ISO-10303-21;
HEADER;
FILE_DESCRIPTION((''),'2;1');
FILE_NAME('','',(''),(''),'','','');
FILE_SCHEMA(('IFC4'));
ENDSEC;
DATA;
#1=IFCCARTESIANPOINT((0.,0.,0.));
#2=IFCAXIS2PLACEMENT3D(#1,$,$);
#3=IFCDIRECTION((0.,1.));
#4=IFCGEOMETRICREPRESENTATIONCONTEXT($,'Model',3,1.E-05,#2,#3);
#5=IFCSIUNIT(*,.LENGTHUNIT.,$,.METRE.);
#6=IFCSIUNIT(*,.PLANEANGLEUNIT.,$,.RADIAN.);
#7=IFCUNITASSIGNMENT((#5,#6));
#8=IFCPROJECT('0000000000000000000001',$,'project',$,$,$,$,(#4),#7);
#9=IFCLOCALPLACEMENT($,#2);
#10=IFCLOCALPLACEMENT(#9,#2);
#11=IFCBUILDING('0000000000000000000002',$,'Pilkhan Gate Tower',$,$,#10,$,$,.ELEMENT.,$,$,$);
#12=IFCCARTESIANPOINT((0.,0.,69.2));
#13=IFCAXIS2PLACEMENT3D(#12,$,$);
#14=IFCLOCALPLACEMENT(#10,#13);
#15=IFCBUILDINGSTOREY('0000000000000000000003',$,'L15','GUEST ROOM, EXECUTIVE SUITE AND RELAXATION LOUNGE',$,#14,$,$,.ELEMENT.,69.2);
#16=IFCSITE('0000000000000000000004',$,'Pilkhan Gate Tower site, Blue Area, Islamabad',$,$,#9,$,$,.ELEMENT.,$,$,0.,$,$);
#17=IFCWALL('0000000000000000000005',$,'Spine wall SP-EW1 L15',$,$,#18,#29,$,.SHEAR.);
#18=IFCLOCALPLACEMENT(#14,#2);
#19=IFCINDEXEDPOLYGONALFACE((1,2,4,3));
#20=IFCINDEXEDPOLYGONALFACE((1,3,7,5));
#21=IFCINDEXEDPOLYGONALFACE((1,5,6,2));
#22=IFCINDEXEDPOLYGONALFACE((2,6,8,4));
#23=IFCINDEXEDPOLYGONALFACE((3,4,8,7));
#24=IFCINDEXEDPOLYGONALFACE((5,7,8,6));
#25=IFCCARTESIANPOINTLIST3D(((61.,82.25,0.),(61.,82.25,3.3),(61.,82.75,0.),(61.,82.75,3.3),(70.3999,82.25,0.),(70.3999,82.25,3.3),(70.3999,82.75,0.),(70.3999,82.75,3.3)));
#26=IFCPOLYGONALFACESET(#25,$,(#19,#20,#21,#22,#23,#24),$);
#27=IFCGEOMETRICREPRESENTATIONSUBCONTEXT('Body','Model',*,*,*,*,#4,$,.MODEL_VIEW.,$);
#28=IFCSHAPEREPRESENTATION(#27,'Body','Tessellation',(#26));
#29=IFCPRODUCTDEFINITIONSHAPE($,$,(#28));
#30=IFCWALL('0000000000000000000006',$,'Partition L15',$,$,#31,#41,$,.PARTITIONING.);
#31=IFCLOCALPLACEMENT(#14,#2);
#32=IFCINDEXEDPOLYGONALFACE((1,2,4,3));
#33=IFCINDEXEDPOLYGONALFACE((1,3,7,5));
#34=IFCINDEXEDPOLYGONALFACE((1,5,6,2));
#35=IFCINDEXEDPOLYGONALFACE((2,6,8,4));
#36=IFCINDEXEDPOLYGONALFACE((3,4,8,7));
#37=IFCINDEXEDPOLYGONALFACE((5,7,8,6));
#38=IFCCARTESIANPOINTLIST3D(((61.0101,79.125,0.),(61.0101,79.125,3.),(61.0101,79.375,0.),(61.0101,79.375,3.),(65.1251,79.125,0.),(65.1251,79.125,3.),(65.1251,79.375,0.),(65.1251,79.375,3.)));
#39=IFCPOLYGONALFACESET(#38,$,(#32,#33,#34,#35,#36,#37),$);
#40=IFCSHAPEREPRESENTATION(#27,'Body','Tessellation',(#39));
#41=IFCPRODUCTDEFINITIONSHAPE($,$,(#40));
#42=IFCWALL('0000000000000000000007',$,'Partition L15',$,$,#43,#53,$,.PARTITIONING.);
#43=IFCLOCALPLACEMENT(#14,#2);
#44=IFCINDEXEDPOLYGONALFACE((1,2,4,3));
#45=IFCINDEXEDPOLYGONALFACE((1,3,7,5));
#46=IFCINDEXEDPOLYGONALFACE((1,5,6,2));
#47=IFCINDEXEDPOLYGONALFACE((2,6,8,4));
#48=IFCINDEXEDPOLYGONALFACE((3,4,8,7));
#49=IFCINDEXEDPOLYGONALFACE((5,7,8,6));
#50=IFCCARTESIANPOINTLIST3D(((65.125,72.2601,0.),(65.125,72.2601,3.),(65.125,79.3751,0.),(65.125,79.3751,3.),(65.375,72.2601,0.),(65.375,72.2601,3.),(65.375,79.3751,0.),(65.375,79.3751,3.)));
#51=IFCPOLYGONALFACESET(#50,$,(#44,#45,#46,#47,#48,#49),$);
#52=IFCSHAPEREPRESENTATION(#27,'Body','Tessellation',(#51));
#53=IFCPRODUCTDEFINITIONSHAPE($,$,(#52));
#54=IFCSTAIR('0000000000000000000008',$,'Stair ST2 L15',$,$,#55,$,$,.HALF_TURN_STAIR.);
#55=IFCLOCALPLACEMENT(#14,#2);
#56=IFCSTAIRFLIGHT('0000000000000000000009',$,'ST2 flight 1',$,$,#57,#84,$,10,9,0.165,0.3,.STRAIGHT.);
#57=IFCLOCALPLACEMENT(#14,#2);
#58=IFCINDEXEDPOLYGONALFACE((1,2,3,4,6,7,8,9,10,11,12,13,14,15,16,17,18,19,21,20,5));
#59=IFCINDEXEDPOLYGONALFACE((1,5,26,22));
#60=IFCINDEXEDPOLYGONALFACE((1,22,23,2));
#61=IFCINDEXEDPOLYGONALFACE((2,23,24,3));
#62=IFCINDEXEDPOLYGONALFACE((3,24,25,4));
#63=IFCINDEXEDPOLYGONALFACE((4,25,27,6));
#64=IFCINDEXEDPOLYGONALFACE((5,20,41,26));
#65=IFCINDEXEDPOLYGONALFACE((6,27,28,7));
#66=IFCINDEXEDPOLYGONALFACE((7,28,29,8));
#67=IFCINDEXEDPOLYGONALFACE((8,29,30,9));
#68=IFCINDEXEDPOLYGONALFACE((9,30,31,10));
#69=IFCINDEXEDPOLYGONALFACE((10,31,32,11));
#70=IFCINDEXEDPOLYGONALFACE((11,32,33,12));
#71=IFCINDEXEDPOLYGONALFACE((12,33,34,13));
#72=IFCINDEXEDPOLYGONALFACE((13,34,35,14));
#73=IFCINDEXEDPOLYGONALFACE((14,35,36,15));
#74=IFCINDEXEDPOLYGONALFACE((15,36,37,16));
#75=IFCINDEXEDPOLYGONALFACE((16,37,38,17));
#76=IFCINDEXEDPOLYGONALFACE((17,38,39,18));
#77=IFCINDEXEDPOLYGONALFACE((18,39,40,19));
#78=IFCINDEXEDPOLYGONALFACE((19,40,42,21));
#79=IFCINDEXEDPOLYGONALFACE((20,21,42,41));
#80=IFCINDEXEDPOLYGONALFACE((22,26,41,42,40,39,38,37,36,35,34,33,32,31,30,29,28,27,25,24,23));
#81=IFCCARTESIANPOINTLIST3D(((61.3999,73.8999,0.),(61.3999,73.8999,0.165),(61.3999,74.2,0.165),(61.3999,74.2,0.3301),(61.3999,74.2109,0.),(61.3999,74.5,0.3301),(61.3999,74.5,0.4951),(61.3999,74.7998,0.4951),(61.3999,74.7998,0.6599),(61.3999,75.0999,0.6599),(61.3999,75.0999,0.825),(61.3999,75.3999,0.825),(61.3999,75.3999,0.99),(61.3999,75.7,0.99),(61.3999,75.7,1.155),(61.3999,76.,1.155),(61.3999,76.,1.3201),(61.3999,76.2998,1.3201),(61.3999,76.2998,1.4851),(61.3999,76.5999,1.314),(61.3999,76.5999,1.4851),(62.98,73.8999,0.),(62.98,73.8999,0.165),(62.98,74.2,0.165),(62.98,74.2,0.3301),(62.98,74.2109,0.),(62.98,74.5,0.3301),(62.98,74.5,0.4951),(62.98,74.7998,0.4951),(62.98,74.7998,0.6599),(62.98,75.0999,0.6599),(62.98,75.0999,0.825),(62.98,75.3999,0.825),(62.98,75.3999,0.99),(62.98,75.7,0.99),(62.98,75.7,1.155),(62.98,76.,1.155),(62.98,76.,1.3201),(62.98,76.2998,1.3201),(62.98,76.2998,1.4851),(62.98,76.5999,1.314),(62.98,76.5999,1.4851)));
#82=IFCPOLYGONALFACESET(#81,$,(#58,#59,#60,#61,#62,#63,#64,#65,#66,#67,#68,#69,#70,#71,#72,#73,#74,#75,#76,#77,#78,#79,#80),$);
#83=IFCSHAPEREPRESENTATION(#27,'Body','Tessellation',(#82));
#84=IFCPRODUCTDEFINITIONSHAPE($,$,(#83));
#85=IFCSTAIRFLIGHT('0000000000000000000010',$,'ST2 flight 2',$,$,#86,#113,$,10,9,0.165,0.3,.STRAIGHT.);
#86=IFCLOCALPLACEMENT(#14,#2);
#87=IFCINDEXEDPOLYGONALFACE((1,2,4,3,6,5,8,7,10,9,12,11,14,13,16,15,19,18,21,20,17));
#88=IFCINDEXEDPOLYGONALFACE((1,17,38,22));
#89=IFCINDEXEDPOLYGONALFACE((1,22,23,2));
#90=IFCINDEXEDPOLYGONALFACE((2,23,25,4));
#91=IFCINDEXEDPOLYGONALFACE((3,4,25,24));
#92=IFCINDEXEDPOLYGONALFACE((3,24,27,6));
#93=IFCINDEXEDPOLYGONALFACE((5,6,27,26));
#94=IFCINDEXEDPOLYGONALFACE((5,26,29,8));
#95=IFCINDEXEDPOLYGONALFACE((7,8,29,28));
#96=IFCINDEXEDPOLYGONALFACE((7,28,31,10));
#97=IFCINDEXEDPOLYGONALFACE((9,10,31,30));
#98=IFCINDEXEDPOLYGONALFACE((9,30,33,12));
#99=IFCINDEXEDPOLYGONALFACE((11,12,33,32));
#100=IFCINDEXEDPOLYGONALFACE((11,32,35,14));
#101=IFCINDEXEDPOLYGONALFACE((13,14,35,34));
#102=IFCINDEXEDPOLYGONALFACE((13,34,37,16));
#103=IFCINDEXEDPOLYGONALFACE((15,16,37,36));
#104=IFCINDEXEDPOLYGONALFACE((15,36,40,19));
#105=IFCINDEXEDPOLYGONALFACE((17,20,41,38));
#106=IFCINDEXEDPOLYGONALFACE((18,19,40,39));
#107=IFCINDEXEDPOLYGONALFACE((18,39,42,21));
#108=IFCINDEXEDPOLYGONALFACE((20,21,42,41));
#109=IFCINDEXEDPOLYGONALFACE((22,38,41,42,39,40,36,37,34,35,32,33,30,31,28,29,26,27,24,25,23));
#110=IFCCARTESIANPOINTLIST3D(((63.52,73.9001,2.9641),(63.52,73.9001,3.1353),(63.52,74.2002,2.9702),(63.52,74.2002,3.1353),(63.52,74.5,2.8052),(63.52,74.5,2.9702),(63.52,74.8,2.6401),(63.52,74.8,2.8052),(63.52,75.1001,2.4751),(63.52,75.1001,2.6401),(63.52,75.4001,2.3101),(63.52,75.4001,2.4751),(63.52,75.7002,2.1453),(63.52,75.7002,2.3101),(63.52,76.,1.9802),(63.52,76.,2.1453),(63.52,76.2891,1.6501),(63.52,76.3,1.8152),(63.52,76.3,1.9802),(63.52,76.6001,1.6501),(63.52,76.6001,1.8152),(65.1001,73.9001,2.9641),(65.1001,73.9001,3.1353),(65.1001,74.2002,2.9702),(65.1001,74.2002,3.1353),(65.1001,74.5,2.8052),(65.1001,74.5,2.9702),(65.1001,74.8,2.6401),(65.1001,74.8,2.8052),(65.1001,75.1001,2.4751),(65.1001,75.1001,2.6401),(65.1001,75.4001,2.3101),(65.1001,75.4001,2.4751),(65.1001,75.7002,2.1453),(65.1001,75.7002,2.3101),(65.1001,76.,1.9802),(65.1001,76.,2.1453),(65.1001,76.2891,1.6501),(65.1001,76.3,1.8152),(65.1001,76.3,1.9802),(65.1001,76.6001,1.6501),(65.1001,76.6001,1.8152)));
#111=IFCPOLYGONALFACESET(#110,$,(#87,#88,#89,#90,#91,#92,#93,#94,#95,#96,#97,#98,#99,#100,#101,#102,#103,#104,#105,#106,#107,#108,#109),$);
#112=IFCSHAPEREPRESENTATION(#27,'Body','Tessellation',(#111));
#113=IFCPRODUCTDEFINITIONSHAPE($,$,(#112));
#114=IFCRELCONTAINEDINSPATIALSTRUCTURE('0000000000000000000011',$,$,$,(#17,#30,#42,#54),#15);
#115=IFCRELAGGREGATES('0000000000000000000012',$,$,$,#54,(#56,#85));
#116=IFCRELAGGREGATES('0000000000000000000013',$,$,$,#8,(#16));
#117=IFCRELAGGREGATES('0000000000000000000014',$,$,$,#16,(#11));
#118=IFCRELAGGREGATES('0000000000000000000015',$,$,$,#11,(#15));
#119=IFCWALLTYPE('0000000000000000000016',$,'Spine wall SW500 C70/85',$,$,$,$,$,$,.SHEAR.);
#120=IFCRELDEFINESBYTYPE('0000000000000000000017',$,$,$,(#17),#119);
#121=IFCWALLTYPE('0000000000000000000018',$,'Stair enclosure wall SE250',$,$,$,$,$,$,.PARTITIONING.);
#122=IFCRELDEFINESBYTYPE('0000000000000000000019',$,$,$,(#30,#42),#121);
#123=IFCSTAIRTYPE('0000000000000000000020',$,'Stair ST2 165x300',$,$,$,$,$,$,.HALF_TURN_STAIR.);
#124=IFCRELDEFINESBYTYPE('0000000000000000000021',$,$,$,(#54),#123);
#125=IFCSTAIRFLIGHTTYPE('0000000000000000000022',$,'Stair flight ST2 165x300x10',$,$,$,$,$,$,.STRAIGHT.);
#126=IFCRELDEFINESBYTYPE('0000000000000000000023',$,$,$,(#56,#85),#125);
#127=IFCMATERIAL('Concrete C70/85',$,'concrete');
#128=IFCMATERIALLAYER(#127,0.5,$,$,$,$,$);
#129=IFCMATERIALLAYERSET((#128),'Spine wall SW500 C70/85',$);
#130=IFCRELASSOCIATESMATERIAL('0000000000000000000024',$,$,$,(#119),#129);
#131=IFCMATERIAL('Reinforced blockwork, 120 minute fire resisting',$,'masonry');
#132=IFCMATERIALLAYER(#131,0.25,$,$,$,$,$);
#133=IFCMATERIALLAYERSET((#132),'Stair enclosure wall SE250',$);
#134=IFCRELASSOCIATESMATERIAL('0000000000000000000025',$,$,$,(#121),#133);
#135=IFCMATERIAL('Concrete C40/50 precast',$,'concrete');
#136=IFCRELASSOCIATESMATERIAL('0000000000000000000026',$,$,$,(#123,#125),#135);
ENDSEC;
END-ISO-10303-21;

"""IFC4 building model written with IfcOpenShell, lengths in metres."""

from ifc_helpers import new_model, si_unit, direction, frame, frame_2d, origin, place, context, subcontext, project, spatial, polyline, rectangle, outline, extrude, material, layer, layer_set, type_object, element, aggregate, save


model = new_model("IFC4")

# Units and contexts
model_context = context("Model", 3, precision=1e-05, world=origin(), true_north=direction((0.0, 1.0)))
body_context = subcontext(model_context, "Body", "Model", "MODEL_VIEW")
ifc_project = project(units=[si_unit("LENGTHUNIT", "METRE"), si_unit("PLANEANGLEUNIT", "RADIAN")], contexts=[model_context])

# Site, building, storey
site_placement = place(None, origin())
site = spatial("IfcSite", under=ifc_project, at=site_placement, Name="Pilkhan Gate Tower site, Blue Area, Islamabad", CompositionType="ELEMENT", RefElevation=0.0)
building_placement = place(site_placement, origin())
building = spatial("IfcBuilding", under=site, at=building_placement, Name="Pilkhan Gate Tower", CompositionType="ELEMENT")
storey_placement = place(building_placement, frame((0.0, 0.0, 69.2)))
storey = spatial("IfcBuildingStorey", under=building, at=storey_placement, Name="L15", Description="GUEST ROOM, EXECUTIVE SUITE AND RELAXATION LOUNGE", CompositionType="ELEMENT", Elevation=69.2)

# Shared definitions
ifc_material_1 = material(Name="Concrete C70/85", Category="concrete")

# Walls
ifc_layer_1 = layer(ifc_material_1, 0.5)
ifc_layer_set_1 = layer_set([ifc_layer_1], Name="Spine wall SW500 C70/85")
wall_type_1 = type_object("IfcWallType", Name="Spine wall SW500 C70/85", PredefinedType="SHEAR", material=ifc_layer_set_1)
wall_1_placement = place(storey_placement, frame((61.0, 82.5, 0.0), z_axis=(0.0, 0.0, 1.0), x_axis=(1.0, 0.0, 0.0)))
element("IfcWall", 1, at=wall_1_placement, inside=storey, type_object=wall_type_1, Name="Spine wall SP-EW1 L15", PredefinedType="SHEAR", context=body_context, shape_type="SweptSolid", body=[
    extrude(rectangle(XDim=9.3999, YDim=0.5, at=frame_2d((4.7, 0.0))), origin(), (0.0, 0.0, 1.0), 3.3),
])
ifc_material_2 = material(Name="Reinforced blockwork, 120 minute fire resisting", Category="masonry")
ifc_layer_2 = layer(ifc_material_2, 0.25)
ifc_layer_set_2 = layer_set([ifc_layer_2], Name="Stair enclosure wall SE250")
wall_type_2 = type_object("IfcWallType", Name="Stair enclosure wall SE250", PredefinedType="PARTITIONING", material=ifc_layer_set_2)
wall_2_placement = place(storey_placement, frame((61.01, 79.25, 0.0), z_axis=(0.0, 0.0, 1.0), x_axis=(1.0, 0.0, 0.0)))
element("IfcWall", 2, at=wall_2_placement, inside=storey, type_object=wall_type_2, Name="Partition L15", PredefinedType="PARTITIONING", context=body_context, shape_type="SweptSolid", body=[
    extrude(rectangle(XDim=4.115, YDim=0.25, at=frame_2d((2.0576, 0.0))), origin(), (0.0, 0.0, 1.0), 3.0),
])
wall_3_placement = place(storey_placement, frame((65.25, 72.26, 0.0), z_axis=(0.0, 0.0, 1.0), x_axis=(0.0, 1.0, 0.0)))
element("IfcWall", 3, at=wall_3_placement, inside=storey, type_object=wall_type_2, Name="Partition L15", PredefinedType="PARTITIONING", context=body_context, shape_type="SweptSolid", body=[
    extrude(rectangle(XDim=7.115, YDim=0.25, at=frame_2d((3.5576, 0.0))), origin(), (0.0, 0.0, 1.0), 3.0),
])

# Stair, stair flights
ifc_material_3 = material(Name="Concrete C40/50 precast", Category="concrete")
stair_type = type_object("IfcStairType", Name="Stair ST2 165x300", PredefinedType="HALF_TURN_STAIR", material=ifc_material_3)
stair_placement = place(storey_placement, origin())
stair = element("IfcStair", 4, at=stair_placement, inside=storey, type_object=stair_type, Name="Stair ST2 L15", PredefinedType="HALF_TURN_STAIR")
stair_flight_type = type_object("IfcStairFlightType", Name="Stair flight ST2 165x300x10", PredefinedType="STRAIGHT", material=ifc_material_3)
stair_flight_1_placement = place(storey_placement, frame((62.1899, 73.8999, 0.0), z_axis=(0.0, 0.0, 1.0), x_axis=(0.0, 1.0, 0.0)))
stair_flight_1 = element("IfcStairFlight", 5, at=stair_flight_1_placement, type_object=stair_flight_type, Name="ST2 flight 1", NumberOfRisers=10, NumberOfTreads=9, PredefinedType="STRAIGHT", RiserHeight=0.165, TreadLength=0.3, context=body_context, shape_type="SweptSolid", body=[
    extrude(outline(polyline([(0.0, 0.0), (0.0, 0.165), (0.3, 0.165), (0.3, 0.3301), (0.6001, 0.3301), (0.6001, 0.4951), (0.8999, 0.4951), (0.8999, 0.6599), (1.2, 0.6599), (1.2, 0.825), (1.5, 0.825), (1.5, 0.99), (1.8, 0.99), (1.8, 1.155), (2.1001, 1.155), (2.1001, 1.3201), (2.3999, 1.3201), (2.3999, 1.4851), (2.7, 1.4851), (2.7, 1.6499), (2.7, 1.314), (0.311, 0.0), (0.0, 0.0)])), frame((0.0, 0.79, 0.0), z_axis=(0.0, -1.0, 0.0), x_axis=(1.0, 0.0, 0.0)), (0.0, 0.0, 1.0), 1.5801),
])
stair_flight_2_placement = place(storey_placement, frame((64.3101, 76.6001, 1.6501), z_axis=(0.0, 0.0, 1.0), x_axis=(0.0, -1.0, 0.0)))
stair_flight_2 = element("IfcStairFlight", 6, at=stair_flight_2_placement, type_object=stair_flight_type, Name="ST2 flight 2", NumberOfRisers=10, NumberOfTreads=9, PredefinedType="STRAIGHT", RiserHeight=0.165, TreadLength=0.3, context=body_context, shape_type="SweptSolid", body=[
    extrude(outline(polyline([(0.0, 0.0), (0.0, 0.165), (0.3, 0.165), (0.3, 0.3301), (0.6001, 0.3301), (0.6001, 0.4951), (0.8999, 0.4951), (0.8999, 0.6599), (1.2, 0.6599), (1.2, 0.825), (1.5, 0.825), (1.5, 0.99), (1.8, 0.99), (1.8, 1.155), (2.1001, 1.155), (2.1001, 1.3201), (2.3999, 1.3201), (2.3999, 1.4851), (2.7, 1.4851), (2.7, 1.6499), (2.7, 1.314), (0.311, 0.0), (0.0, 0.0)])), frame((0.0, 0.79, 0.0), z_axis=(0.0, -1.0, 0.0), x_axis=(1.0, 0.0, 0.0)), (0.0, 0.0, 1.0), 1.5801),
])
aggregate(stair, [stair_flight_1, stair_flight_2])

save(model, "model.ifc")
